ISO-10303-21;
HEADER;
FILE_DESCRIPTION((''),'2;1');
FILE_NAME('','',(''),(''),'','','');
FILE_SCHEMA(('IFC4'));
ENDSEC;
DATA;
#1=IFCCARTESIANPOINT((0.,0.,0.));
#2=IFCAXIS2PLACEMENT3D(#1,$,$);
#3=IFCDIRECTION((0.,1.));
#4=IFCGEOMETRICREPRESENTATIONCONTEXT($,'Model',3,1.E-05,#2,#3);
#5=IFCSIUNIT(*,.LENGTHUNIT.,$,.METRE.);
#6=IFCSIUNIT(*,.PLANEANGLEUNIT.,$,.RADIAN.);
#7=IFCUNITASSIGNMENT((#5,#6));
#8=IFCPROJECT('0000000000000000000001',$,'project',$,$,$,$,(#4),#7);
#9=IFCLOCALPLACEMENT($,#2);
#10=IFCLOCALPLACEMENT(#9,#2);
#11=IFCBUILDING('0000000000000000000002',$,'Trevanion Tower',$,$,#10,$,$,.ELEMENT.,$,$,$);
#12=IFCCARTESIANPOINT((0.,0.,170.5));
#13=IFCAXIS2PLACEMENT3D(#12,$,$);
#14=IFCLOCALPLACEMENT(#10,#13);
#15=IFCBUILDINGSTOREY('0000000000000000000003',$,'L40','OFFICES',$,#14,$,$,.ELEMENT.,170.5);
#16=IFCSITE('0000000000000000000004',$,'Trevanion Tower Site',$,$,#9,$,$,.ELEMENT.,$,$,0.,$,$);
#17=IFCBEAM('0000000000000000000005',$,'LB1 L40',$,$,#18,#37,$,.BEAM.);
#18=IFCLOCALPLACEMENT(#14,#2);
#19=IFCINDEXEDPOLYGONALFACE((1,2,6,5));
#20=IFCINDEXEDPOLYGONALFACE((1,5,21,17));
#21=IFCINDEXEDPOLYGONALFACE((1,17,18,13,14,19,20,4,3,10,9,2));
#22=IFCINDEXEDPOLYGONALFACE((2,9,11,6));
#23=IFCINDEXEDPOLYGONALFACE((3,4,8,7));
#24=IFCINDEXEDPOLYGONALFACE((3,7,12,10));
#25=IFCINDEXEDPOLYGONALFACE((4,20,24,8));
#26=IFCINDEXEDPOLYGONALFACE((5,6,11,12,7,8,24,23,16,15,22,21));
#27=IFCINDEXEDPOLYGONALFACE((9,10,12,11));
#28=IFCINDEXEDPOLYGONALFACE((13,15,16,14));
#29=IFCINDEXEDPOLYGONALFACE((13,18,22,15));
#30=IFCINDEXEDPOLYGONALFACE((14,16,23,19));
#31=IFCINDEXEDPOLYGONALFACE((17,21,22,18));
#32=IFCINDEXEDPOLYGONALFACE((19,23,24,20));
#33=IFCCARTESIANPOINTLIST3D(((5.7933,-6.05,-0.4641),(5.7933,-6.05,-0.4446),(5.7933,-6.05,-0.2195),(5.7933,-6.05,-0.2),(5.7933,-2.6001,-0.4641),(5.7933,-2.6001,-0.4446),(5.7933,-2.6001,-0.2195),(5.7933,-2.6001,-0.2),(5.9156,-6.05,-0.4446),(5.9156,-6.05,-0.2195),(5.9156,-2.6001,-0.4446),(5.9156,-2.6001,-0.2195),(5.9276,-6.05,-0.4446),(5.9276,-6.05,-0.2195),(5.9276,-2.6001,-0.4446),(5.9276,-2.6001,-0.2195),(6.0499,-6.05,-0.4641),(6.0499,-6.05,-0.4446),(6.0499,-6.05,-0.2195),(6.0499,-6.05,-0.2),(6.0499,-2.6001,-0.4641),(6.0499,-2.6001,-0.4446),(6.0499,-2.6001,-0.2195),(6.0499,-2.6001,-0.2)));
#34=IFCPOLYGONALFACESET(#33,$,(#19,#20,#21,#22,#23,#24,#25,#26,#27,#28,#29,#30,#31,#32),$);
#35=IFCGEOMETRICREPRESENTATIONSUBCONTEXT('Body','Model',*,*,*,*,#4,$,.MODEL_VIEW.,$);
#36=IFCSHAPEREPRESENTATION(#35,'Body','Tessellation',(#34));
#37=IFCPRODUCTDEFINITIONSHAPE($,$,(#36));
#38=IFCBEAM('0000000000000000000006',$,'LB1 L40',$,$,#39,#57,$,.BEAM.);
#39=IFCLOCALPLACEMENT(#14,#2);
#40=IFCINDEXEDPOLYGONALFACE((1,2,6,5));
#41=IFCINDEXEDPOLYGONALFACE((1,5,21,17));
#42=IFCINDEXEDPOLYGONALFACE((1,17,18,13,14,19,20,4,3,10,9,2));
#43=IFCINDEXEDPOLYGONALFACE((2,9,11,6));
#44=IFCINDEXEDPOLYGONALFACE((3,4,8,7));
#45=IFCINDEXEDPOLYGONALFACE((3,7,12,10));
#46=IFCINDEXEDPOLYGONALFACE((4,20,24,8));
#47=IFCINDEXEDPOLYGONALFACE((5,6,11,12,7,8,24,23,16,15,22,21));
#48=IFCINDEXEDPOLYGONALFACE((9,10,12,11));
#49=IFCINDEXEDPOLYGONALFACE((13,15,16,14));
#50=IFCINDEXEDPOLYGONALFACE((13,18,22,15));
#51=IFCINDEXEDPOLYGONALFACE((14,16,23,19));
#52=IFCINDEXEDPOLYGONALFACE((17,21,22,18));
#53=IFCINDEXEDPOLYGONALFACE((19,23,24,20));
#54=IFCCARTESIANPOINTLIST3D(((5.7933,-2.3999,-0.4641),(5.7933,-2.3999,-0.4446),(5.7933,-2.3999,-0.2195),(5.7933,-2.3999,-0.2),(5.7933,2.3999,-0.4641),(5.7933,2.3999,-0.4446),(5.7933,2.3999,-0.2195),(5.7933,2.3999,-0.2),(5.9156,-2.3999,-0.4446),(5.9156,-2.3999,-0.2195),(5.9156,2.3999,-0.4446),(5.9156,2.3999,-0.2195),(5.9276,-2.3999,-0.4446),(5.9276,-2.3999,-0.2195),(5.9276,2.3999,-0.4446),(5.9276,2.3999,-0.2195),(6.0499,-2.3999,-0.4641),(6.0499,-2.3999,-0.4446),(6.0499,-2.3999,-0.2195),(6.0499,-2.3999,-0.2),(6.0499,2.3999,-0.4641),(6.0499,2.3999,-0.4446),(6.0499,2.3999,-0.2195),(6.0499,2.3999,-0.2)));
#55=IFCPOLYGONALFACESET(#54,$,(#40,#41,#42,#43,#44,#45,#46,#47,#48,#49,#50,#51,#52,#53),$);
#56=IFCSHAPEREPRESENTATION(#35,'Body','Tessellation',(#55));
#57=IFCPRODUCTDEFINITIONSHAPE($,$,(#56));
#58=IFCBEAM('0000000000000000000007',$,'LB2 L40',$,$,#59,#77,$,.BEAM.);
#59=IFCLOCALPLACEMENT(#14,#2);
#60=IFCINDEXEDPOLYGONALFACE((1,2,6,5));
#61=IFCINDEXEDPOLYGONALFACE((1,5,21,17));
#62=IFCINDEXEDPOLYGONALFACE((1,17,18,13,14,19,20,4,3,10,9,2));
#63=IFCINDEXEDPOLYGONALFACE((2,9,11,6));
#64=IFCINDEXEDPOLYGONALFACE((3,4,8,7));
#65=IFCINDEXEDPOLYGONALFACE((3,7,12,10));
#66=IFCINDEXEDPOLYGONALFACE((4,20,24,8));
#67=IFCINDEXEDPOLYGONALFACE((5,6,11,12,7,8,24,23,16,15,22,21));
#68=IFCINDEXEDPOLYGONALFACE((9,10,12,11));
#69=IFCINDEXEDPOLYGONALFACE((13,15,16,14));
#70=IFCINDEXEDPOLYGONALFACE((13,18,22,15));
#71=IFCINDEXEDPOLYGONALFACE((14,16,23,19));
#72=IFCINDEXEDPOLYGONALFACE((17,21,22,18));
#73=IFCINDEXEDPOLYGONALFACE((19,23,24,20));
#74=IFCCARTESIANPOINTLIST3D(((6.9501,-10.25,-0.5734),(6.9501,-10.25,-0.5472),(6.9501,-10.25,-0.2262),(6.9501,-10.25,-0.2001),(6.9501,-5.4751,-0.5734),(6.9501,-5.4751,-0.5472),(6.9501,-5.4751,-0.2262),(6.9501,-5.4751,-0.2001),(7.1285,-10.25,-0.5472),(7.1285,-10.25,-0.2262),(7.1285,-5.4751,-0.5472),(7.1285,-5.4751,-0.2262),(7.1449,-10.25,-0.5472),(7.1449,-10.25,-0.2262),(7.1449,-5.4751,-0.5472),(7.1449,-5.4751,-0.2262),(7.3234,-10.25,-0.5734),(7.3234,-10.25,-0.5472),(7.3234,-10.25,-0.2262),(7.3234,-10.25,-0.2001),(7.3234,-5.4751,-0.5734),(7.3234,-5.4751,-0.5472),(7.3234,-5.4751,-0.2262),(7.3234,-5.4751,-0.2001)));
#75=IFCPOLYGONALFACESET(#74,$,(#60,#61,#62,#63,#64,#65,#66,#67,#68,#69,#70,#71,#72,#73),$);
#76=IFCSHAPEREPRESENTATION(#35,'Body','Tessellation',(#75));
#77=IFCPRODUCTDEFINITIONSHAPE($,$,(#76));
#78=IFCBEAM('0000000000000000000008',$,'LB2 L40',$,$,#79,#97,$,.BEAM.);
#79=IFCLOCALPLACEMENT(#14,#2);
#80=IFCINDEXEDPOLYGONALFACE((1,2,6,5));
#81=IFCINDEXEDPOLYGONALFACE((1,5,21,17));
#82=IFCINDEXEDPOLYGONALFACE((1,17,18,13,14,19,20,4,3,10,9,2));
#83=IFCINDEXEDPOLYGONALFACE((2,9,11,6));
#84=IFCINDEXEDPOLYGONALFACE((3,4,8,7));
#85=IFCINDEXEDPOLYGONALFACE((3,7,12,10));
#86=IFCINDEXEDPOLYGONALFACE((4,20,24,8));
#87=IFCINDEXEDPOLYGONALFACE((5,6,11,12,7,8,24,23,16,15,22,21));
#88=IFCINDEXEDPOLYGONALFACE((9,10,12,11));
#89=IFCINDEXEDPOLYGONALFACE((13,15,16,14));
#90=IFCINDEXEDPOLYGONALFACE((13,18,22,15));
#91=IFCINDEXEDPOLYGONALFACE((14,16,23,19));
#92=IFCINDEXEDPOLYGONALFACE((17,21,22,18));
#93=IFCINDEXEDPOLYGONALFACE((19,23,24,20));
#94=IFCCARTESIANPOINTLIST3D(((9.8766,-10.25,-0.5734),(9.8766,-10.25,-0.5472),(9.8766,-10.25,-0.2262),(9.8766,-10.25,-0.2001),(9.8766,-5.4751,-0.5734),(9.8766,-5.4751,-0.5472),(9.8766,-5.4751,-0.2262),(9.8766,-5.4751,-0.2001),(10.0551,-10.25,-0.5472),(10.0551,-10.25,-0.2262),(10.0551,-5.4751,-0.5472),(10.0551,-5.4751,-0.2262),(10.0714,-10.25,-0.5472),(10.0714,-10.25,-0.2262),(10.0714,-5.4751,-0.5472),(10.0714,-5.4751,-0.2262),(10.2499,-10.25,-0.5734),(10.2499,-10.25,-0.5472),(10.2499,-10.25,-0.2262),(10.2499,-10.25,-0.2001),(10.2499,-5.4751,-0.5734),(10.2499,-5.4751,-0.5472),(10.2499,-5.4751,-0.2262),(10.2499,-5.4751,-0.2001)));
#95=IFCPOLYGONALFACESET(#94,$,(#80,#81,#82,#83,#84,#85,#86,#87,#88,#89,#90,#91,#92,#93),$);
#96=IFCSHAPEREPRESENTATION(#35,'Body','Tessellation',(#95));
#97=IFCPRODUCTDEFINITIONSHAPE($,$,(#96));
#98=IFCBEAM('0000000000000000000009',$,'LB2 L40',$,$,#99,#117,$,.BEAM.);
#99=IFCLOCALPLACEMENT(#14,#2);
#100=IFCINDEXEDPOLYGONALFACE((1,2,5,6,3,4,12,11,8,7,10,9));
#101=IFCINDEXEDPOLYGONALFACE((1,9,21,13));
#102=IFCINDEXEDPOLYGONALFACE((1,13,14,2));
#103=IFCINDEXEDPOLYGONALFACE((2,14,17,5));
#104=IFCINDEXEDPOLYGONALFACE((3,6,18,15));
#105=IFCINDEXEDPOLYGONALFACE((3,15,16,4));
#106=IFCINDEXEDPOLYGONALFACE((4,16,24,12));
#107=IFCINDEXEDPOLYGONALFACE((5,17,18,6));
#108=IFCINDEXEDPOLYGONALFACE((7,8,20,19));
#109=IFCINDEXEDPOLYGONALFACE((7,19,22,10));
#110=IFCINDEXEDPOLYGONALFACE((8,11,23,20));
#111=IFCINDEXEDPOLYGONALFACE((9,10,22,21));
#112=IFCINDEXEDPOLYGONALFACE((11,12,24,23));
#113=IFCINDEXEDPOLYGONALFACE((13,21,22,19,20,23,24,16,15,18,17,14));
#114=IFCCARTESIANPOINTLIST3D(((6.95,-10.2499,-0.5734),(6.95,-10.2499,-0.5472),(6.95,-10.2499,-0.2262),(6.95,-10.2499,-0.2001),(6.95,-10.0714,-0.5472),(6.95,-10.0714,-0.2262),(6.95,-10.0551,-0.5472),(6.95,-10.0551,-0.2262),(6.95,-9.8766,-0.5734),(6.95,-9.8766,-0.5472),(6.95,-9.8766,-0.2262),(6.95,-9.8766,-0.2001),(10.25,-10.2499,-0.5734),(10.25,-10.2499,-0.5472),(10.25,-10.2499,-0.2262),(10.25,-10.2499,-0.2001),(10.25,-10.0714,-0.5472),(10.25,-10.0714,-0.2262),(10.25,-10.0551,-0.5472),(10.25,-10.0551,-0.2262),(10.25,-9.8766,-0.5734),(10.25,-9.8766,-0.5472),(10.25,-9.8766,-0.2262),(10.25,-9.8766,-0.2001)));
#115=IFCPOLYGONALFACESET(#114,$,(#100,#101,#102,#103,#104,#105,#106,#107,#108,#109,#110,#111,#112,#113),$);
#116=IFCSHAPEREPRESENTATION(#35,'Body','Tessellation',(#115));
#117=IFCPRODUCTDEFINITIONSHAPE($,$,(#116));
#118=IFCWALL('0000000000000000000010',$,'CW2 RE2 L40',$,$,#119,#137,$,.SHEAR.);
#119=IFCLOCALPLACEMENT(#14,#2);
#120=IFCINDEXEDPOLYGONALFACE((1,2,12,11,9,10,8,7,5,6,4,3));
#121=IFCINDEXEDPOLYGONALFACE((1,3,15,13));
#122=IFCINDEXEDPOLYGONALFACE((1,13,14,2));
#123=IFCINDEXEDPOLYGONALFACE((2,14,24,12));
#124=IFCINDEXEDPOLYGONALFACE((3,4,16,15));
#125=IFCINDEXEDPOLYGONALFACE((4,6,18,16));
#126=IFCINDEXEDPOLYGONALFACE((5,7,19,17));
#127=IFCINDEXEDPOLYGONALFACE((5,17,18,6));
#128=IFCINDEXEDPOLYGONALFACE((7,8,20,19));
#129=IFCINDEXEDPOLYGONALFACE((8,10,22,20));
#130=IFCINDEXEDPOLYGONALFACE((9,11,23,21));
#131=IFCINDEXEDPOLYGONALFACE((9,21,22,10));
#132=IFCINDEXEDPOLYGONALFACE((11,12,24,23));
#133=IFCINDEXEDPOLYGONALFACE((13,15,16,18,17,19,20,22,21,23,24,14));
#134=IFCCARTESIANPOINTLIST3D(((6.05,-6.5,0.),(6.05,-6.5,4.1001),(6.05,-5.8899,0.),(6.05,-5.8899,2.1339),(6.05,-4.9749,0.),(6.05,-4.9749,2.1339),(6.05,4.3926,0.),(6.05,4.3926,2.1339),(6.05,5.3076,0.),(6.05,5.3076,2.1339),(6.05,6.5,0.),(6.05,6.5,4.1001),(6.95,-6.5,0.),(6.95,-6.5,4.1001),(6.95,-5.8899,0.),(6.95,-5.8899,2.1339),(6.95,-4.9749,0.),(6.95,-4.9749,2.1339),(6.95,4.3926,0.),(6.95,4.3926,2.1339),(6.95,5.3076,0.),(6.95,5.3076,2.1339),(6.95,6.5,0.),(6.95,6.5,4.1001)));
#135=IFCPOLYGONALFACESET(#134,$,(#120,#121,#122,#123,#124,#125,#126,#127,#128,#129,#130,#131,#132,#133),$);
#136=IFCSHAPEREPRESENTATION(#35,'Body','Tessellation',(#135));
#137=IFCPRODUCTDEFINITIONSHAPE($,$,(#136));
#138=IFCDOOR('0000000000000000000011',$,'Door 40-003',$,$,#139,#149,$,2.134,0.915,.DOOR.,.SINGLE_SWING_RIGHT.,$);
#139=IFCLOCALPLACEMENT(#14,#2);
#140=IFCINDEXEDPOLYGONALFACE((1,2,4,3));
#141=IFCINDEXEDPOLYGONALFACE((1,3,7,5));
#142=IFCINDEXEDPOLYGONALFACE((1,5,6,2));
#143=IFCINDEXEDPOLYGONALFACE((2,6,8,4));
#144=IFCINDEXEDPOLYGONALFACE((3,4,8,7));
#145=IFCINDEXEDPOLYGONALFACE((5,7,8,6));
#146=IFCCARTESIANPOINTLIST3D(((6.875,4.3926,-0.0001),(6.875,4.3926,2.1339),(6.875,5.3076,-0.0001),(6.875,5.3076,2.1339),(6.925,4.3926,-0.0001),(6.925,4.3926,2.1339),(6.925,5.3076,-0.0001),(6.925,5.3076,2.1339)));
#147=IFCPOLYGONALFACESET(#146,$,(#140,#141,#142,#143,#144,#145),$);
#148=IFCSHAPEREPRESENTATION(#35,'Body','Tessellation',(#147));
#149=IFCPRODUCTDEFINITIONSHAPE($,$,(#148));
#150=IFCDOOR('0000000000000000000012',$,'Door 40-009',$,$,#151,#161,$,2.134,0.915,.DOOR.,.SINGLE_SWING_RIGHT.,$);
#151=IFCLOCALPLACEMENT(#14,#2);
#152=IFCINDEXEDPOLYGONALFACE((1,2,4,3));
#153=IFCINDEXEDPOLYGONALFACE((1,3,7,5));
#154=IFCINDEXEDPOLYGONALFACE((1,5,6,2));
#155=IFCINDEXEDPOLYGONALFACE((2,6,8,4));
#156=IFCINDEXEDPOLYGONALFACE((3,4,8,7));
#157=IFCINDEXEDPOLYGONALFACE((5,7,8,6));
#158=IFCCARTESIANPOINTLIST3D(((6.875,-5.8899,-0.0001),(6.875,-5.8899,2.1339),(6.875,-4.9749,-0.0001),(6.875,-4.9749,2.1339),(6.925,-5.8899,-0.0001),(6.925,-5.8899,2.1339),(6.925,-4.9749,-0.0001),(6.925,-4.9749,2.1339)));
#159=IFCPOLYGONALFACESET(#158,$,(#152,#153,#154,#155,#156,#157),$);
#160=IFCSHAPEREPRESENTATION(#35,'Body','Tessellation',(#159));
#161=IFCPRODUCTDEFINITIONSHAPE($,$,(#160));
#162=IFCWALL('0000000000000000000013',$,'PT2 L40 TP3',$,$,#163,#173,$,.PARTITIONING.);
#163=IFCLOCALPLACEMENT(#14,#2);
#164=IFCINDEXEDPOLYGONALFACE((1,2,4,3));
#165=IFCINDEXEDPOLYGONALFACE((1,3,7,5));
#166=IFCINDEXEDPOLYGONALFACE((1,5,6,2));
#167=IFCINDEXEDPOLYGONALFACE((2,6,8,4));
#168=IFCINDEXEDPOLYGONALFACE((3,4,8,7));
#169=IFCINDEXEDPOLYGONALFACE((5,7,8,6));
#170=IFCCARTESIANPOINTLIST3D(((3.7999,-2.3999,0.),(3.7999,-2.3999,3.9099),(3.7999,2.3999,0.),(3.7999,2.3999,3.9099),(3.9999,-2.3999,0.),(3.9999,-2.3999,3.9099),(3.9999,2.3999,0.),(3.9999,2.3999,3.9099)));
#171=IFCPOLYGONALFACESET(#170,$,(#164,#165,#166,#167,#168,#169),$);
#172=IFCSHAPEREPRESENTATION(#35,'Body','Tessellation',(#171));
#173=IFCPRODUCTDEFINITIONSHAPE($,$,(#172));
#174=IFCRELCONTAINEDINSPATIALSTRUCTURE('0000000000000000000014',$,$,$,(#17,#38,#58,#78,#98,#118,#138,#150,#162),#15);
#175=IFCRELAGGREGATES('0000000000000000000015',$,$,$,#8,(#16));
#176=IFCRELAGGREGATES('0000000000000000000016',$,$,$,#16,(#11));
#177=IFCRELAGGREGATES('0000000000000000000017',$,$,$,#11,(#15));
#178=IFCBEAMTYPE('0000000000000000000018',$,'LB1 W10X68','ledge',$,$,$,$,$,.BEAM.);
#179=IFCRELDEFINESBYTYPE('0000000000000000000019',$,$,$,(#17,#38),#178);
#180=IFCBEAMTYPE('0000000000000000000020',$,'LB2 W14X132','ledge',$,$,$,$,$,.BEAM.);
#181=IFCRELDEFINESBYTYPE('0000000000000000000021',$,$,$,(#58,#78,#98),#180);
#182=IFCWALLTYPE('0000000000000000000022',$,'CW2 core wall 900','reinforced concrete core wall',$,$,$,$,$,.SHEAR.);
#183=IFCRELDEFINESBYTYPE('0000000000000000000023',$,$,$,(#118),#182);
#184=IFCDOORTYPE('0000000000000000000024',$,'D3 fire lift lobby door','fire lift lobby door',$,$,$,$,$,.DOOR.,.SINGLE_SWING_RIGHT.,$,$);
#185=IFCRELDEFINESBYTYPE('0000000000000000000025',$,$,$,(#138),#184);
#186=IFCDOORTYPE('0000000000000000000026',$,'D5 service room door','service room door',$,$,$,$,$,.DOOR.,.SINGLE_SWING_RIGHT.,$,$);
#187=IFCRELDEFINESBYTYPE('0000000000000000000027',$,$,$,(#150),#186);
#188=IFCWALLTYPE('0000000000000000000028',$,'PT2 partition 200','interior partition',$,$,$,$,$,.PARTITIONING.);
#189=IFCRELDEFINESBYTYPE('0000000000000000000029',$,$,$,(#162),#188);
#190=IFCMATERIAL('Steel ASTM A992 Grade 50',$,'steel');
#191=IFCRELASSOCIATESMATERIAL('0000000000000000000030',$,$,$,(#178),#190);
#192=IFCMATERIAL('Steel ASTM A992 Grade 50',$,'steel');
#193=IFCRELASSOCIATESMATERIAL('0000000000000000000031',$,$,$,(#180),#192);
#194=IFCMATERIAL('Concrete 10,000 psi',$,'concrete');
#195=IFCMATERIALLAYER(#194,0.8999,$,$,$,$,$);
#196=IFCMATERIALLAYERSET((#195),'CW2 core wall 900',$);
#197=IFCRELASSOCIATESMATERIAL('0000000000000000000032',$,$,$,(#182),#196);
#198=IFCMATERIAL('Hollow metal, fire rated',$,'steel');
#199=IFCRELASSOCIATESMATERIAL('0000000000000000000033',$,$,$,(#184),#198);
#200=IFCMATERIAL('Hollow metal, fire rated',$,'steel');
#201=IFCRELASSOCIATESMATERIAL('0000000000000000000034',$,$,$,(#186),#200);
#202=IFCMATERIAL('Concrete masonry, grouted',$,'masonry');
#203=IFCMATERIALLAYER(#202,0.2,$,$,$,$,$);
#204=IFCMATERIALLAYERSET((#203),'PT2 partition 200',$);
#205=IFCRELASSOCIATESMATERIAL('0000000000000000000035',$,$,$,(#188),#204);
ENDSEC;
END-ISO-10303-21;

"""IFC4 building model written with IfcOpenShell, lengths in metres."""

from ifc_helpers import new_model, si_unit, direction, frame, frame_2d, origin, origin_2d, place, context, subcontext, project, spatial, rectangle, i_section, extrude, material, layer, layer_set, material_profile, profile_set, type_object, element, fill, save


model = new_model("IFC4")

# Units and contexts
model_context = context("Model", 3, precision=1e-05, world=origin(), true_north=direction((0.0, 1.0)))
body_context = subcontext(model_context, "Body", "Model", "MODEL_VIEW")
ifc_project = project(units=[si_unit("LENGTHUNIT", "METRE"), si_unit("PLANEANGLEUNIT", "RADIAN")], contexts=[model_context])

# Site, building, storey
site_placement = place(None, origin())
site = spatial("IfcSite", under=ifc_project, at=site_placement, Name="Trevanion Tower Site", CompositionType="ELEMENT", RefElevation=0.0)
building_placement = place(site_placement, origin())
building = spatial("IfcBuilding", under=site, at=building_placement, Name="Trevanion Tower", CompositionType="ELEMENT")
storey_placement = place(building_placement, frame((0.0, 0.0, 170.5)))
storey = spatial("IfcBuildingStorey", under=building, at=storey_placement, Name="L40", Description="OFFICES", CompositionType="ELEMENT", Elevation=170.5)

# Beams
ifc_material_1 = material(Name="Steel ASTM A992 Grade 50", Category="steel")
ifc_material_profile_1 = material_profile(ifc_material_1, i_section(OverallWidth=0.2566, OverallDepth=0.2642, WebThickness=0.012, FlangeThickness=0.0195, at=origin_2d()), Name="W10X68")
ifc_profile_set_1 = profile_set([ifc_material_profile_1], Name="Steel ASTM A992 Grade 50")
beam_type_1 = type_object("IfcBeamType", Name="LB1 W10X68", Description="ledge", PredefinedType="BEAM", material=ifc_profile_set_1)
beam_1_placement = place(storey_placement, frame((5.9216, -6.05, -0.332), z_axis=(0.0, 1.0, 0.0), x_axis=(-1.0, 0.0, 0.0)))
element("IfcBeam", 1, at=beam_1_placement, inside=storey, type_object=beam_type_1, Name="LB1 L40", PredefinedType="BEAM", context=body_context, shape_type="SweptSolid", body=[
    extrude(i_section(OverallWidth=0.2566, OverallDepth=0.2642, WebThickness=0.012, FlangeThickness=0.0195, at=origin_2d()), origin(), (0.0, 0.0, 1.0), 3.45),
])
beam_2_placement = place(storey_placement, frame((5.9216, -2.3999, -0.332), z_axis=(0.0, 1.0, 0.0), x_axis=(-1.0, 0.0, 0.0)))
element("IfcBeam", 2, at=beam_2_placement, inside=storey, type_object=beam_type_1, Name="LB1 L40", PredefinedType="BEAM", context=body_context, shape_type="SweptSolid", body=[
    extrude(i_section(OverallWidth=0.2566, OverallDepth=0.2642, WebThickness=0.012, FlangeThickness=0.0195, at=origin_2d()), origin(), (0.0, 0.0, 1.0), 4.7998),
])
ifc_material_2 = material(Name="Steel ASTM A992 Grade 50", Category="steel")
ifc_material_profile_2 = material_profile(ifc_material_2, i_section(OverallWidth=0.3733, OverallDepth=0.3733, WebThickness=0.0164, FlangeThickness=0.0261, at=origin_2d()), Name="W14X132")
ifc_profile_set_2 = profile_set([ifc_material_profile_2], Name="Steel ASTM A992 Grade 50")
beam_type_2 = type_object("IfcBeamType", Name="LB2 W14X132", Description="ledge", PredefinedType="BEAM", material=ifc_profile_set_2)
for number, where, z_axis, x_axis, name in (
    (3, (7.1367, -10.25, -0.3867), (0.0, 1.0, 0.0), (-1.0, 0.0, 0.0), "LB2 L40"),
    (4, (10.0632, -10.25, -0.3867), (0.0, 1.0, 0.0), (-1.0, 0.0, 0.0), "LB2 L40"),
):
    element("IfcBeam", number, at=place(storey_placement, frame(where, z_axis=z_axis, x_axis=x_axis)), inside=storey, type_object=beam_type_2, Name=name, PredefinedType="BEAM", context=body_context, shape_type="SweptSolid", body=[
        extrude(i_section(OverallWidth=0.3733, OverallDepth=0.3733, WebThickness=0.0164, FlangeThickness=0.0261, at=origin_2d()), origin(), (0.0, 0.0, 1.0), 4.7749),
    ])
beam_3_placement = place(storey_placement, frame((6.95, -10.0632, -0.3867), z_axis=(1.0, 0.0, 0.0), x_axis=(0.0, 1.0, 0.0)))
element("IfcBeam", 5, at=beam_3_placement, inside=storey, type_object=beam_type_2, Name="LB2 L40", PredefinedType="BEAM", context=body_context, shape_type="SweptSolid", body=[
    extrude(i_section(OverallWidth=0.3733, OverallDepth=0.3733, WebThickness=0.0164, FlangeThickness=0.0261, at=origin_2d()), origin(), (0.0, 0.0, 1.0), 3.3),
])

# Wall, openings, doors
ifc_material_3 = material(Name="Concrete 10,000 psi", Category="concrete")
ifc_layer_1 = layer(ifc_material_3, 0.8999)
ifc_layer_set_1 = layer_set([ifc_layer_1], Name="CW2 core wall 900")
wall_type_1 = type_object("IfcWallType", Name="CW2 core wall 900", Description="reinforced concrete core wall", PredefinedType="SHEAR", material=ifc_layer_set_1)
wall_1_placement = place(storey_placement, frame((6.5, -6.5, 0.0), z_axis=(0.0, 0.0, 1.0), x_axis=(0.0, 1.0, 0.0)))
wall_1 = element("IfcWall", 6, at=wall_1_placement, inside=storey, type_object=wall_type_1, Name="CW2 RE2 L40", PredefinedType="SHEAR", context=body_context, shape_type="SweptSolid", body=[
    extrude(rectangle(XDim=13.0, YDim=0.8999, at=frame_2d((6.5, 0.0))), origin(), (0.0, 0.0, 1.0), 4.1001),
])
opening_1_placement = place(wall_1_placement, frame((10.8926, 0.0, 0.0)))
opening_1 = element("IfcOpeningElement", 7, at=opening_1_placement, cuts=wall_1, PredefinedType="OPENING", context=body_context, shape_type="SweptSolid", body=[
    extrude(rectangle(XDim=0.915, YDim=2.134, at=frame_2d((0.4575, 1.0669))), frame((0.0, 0.46, 0.0), z_axis=(0.0, -1.0, 0.0), x_axis=(1.0, 0.0, 0.0)), (0.0, 0.0, 1.0), 0.9199),
])
opening_2_placement = place(wall_1_placement, frame((0.6101, 0.0, 0.0)))
opening_2 = element("IfcOpeningElement", 8, at=opening_2_placement, cuts=wall_1, PredefinedType="OPENING", context=body_context, shape_type="SweptSolid", body=[
    extrude(rectangle(XDim=0.915, YDim=2.134, at=frame_2d((0.4575, 1.0669))), frame((0.0, 0.46, 0.0), z_axis=(0.0, -1.0, 0.0), x_axis=(1.0, 0.0, 0.0)), (0.0, 0.0, 1.0), 0.9199),
])
ifc_material_4 = material(Name="Hollow metal, fire rated", Category="steel")
door_type_1 = type_object("IfcDoorType", Name="D3 fire lift lobby door", Description="fire lift lobby door", OperationType="SINGLE_SWING_RIGHT", PredefinedType="DOOR", material=ifc_material_4)
door_1_placement = place(opening_1_placement, origin())
door_1 = element("IfcDoor", 9, at=door_1_placement, inside=storey, type_object=door_type_1, Name="Door 40-003", OperationType="SINGLE_SWING_RIGHT", OverallHeight=2.134, OverallWidth=0.915, PredefinedType="DOOR", context=body_context, shape_type="SweptSolid", body=[
    extrude(rectangle(XDim=0.915, YDim=2.134, at=frame_2d((0.4575, 1.0669))), frame((0.0, -0.375, 0.0), z_axis=(0.0, -1.0, 0.0), x_axis=(1.0, 0.0, 0.0)), (0.0, 0.0, 1.0), 0.05),
])
fill(opening_1, door_1)
ifc_material_5 = material(Name="Hollow metal, fire rated", Category="steel")
door_type_2 = type_object("IfcDoorType", Name="D5 service room door", Description="service room door", OperationType="SINGLE_SWING_RIGHT", PredefinedType="DOOR", material=ifc_material_5)
door_2_placement = place(opening_2_placement, origin())
door_2 = element("IfcDoor", 10, at=door_2_placement, inside=storey, type_object=door_type_2, Name="Door 40-009", OperationType="SINGLE_SWING_RIGHT", OverallHeight=2.134, OverallWidth=0.915, PredefinedType="DOOR", context=body_context, shape_type="SweptSolid", body=[
    extrude(rectangle(XDim=0.915, YDim=2.134, at=frame_2d((0.4575, 1.0669))), frame((0.0, -0.375, 0.0), z_axis=(0.0, -1.0, 0.0), x_axis=(1.0, 0.0, 0.0)), (0.0, 0.0, 1.0), 0.05),
])
fill(opening_2, door_2)

# Wall
ifc_material_6 = material(Name="Concrete masonry, grouted", Category="masonry")
ifc_layer_2 = layer(ifc_material_6, 0.2)
ifc_layer_set_2 = layer_set([ifc_layer_2], Name="PT2 partition 200")
wall_type_2 = type_object("IfcWallType", Name="PT2 partition 200", Description="interior partition", PredefinedType="PARTITIONING", material=ifc_layer_set_2)
wall_2_placement = place(storey_placement, frame((3.8999, -2.3999, 0.0), z_axis=(0.0, 0.0, 1.0), x_axis=(0.0, 1.0, 0.0)))
element("IfcWall", 11, at=wall_2_placement, inside=storey, type_object=wall_type_2, Name="PT2 L40 TP3", PredefinedType="PARTITIONING", context=body_context, shape_type="SweptSolid", body=[
    extrude(rectangle(XDim=4.7998, YDim=0.2, at=frame_2d((2.3999, 0.0))), origin(), (0.0, 0.0, 1.0), 3.9099),
])

save(model, "model.ifc")
